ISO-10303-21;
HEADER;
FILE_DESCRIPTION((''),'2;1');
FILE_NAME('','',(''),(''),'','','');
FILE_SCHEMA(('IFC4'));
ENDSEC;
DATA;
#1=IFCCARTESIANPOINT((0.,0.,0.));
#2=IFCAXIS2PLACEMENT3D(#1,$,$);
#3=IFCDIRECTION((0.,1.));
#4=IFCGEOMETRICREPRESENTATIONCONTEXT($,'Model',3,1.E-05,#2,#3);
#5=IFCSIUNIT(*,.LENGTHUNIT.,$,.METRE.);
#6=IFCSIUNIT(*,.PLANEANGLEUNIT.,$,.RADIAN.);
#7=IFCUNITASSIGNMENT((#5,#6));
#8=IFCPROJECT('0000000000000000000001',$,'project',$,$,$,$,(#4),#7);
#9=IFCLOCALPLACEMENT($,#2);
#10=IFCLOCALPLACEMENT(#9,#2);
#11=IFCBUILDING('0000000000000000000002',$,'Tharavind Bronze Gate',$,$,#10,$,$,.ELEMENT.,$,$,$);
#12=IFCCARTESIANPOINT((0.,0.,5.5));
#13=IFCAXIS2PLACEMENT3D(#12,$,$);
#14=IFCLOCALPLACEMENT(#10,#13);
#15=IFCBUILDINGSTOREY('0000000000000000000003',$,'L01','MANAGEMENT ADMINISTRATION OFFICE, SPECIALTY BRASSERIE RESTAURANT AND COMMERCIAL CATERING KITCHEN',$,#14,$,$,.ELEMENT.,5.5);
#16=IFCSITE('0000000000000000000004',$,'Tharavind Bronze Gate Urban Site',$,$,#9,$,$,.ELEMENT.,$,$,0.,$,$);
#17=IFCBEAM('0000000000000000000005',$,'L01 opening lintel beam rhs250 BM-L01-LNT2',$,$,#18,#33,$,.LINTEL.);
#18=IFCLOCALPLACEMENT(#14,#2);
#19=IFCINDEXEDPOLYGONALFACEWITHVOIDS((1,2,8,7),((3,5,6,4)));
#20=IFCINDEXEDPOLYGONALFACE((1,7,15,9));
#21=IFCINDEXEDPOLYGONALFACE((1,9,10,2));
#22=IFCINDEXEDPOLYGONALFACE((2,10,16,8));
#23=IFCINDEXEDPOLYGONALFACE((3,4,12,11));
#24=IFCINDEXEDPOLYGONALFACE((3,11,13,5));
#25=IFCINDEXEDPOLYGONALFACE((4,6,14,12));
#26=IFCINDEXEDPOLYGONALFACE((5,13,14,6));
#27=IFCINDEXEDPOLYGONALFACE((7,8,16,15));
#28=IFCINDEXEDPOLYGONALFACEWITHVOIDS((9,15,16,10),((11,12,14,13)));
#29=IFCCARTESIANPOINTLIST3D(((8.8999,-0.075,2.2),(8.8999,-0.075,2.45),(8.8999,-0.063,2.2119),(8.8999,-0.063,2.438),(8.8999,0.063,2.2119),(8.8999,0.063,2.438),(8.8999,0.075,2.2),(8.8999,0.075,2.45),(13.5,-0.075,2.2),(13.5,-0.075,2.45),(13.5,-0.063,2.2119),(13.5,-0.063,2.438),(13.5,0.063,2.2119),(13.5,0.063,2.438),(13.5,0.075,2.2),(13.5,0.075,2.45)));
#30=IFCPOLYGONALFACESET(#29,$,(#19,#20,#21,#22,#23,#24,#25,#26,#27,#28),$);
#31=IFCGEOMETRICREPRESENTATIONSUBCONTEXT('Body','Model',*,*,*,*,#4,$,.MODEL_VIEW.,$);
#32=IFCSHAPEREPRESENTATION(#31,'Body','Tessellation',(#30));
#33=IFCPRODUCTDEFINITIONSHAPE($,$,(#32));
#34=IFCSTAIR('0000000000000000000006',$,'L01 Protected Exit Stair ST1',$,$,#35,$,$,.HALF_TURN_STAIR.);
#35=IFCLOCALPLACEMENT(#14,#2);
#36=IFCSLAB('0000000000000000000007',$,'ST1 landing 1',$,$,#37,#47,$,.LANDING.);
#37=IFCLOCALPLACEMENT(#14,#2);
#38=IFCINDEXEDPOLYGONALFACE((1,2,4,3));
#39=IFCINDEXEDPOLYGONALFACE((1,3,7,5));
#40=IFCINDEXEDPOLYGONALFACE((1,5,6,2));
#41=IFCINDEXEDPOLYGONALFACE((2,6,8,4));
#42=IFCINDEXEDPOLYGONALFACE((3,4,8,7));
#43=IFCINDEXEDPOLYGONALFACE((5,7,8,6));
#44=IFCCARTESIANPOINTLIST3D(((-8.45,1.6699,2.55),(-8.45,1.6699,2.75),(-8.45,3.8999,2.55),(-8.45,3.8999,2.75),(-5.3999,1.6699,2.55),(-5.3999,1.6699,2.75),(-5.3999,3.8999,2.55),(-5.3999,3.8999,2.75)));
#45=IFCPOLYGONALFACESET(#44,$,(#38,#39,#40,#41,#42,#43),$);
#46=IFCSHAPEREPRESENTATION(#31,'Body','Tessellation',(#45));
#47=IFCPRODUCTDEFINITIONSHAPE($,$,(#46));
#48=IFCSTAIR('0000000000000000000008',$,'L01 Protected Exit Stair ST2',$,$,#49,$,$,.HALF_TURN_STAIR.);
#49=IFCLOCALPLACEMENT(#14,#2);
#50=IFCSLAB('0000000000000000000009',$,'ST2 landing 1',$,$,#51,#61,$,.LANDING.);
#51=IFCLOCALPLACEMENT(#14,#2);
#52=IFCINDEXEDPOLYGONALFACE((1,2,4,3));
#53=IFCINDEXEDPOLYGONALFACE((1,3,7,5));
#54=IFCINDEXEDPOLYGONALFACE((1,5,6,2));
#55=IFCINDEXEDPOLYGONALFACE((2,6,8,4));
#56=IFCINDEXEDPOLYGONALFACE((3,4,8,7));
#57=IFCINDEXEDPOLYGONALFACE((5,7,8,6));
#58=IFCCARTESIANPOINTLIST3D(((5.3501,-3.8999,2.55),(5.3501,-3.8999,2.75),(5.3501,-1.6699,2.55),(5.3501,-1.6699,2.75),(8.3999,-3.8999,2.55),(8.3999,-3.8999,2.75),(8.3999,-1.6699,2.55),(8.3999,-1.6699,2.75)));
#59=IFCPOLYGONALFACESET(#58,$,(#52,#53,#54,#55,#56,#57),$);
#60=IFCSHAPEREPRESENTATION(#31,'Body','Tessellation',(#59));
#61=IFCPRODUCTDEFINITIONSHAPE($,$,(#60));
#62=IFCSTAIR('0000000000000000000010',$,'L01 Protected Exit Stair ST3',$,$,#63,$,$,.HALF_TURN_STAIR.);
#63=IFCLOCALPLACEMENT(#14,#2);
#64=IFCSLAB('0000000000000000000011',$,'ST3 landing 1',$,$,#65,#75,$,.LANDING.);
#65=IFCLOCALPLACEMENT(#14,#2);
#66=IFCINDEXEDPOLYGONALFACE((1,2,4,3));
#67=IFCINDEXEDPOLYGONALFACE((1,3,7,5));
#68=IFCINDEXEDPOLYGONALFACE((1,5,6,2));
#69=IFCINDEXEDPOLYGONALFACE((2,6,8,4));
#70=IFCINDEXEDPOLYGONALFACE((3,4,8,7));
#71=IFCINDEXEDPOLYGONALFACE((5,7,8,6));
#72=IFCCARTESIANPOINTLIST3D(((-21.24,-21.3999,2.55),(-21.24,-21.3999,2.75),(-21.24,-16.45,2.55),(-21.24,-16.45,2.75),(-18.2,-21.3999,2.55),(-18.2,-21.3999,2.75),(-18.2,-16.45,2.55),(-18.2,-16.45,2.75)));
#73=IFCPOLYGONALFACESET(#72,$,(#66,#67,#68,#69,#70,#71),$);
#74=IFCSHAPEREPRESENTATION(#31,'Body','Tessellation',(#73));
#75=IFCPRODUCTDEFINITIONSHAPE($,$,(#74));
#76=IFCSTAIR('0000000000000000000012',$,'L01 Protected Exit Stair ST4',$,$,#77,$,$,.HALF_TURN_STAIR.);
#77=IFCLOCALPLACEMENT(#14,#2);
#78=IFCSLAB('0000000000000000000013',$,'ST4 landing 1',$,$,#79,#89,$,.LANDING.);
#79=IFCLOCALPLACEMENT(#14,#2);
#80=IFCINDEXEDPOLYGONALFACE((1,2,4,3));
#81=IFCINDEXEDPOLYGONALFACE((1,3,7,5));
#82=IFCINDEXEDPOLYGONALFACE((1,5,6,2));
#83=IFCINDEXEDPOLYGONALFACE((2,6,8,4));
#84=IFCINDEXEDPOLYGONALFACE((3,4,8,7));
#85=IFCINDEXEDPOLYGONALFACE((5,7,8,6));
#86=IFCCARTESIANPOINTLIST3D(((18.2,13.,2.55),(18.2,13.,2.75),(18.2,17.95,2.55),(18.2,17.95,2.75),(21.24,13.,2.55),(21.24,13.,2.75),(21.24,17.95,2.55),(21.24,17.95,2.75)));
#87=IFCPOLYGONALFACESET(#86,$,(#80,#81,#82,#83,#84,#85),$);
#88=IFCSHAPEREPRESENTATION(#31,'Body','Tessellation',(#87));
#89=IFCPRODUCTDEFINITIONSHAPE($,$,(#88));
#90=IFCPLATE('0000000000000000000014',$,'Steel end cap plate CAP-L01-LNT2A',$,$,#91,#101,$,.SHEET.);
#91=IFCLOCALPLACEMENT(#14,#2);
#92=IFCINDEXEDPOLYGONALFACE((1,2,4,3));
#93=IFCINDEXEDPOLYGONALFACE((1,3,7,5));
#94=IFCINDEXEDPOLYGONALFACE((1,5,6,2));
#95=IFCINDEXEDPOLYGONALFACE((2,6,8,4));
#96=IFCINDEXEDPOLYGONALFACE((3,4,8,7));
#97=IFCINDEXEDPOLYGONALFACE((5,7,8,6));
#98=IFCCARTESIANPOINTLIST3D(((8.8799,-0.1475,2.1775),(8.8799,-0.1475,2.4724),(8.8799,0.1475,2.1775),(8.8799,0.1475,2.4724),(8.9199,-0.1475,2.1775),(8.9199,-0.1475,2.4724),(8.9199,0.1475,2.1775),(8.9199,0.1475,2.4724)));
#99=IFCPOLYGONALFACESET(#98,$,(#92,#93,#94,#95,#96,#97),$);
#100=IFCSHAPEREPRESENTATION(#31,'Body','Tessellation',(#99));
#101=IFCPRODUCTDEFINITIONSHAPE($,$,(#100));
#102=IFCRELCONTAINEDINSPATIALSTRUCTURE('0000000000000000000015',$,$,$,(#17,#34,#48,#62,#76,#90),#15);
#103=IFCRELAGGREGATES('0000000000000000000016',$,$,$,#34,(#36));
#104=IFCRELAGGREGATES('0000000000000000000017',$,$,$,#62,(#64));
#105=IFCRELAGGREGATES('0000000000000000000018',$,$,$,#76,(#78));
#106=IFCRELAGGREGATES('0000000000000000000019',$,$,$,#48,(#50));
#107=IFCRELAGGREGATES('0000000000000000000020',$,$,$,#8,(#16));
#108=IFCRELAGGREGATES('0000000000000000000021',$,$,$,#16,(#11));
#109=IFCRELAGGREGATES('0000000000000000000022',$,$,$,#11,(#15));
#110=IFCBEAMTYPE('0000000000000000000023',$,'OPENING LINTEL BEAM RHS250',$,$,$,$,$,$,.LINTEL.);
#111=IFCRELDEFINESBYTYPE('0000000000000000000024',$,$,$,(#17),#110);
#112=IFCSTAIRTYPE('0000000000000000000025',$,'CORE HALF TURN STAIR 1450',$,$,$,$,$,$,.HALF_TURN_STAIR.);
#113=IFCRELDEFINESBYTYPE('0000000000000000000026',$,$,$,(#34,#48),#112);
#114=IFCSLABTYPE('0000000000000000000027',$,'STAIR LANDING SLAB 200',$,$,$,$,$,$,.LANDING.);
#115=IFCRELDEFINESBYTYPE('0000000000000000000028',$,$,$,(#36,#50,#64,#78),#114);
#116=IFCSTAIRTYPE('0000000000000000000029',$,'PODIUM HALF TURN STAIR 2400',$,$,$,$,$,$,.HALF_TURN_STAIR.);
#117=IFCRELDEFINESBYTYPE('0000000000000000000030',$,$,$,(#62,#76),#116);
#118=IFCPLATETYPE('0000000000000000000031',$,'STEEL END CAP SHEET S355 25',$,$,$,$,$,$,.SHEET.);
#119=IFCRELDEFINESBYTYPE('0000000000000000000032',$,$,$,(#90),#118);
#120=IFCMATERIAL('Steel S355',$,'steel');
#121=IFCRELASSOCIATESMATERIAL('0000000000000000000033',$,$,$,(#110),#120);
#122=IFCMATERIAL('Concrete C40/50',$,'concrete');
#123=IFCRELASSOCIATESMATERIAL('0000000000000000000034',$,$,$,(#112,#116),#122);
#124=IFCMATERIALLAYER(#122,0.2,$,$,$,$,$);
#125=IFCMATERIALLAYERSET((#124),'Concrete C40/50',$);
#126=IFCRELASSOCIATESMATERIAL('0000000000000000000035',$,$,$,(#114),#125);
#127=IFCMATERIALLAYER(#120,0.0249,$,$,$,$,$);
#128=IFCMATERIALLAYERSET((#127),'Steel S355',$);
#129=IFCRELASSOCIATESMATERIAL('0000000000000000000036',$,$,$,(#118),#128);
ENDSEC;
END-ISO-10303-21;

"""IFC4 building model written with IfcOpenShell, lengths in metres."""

from ifc_helpers import new_model, si_unit, direction, frame, origin, origin_2d, place, context, subcontext, project, spatial, polyline, rectangle, hollow_rectangle, outline, extrude, material, layer, layer_set, material_profile, profile_set, type_object, element, aggregate, save


model = new_model("IFC4")

# Units and contexts
model_context = context("Model", 3, precision=1e-05, world=origin(), true_north=direction((0.0, 1.0)))
body_context = subcontext(model_context, "Body", "Model", "MODEL_VIEW")
ifc_project = project(units=[si_unit("LENGTHUNIT", "METRE"), si_unit("PLANEANGLEUNIT", "RADIAN")], contexts=[model_context])

# Site, building, storey
site_placement = place(None, origin())
site = spatial("IfcSite", under=ifc_project, at=site_placement, Name="Tharavind Bronze Gate Urban Site", CompositionType="ELEMENT", RefElevation=0.0)
building_placement = place(site_placement, origin())
building = spatial("IfcBuilding", under=site, at=building_placement, Name="Tharavind Bronze Gate", CompositionType="ELEMENT")
storey_placement = place(building_placement, frame((0.0, 0.0, 5.5)))
storey = spatial("IfcBuildingStorey", under=building, at=storey_placement, Name="L01", Description="MANAGEMENT ADMINISTRATION OFFICE, SPECIALTY BRASSERIE RESTAURANT AND COMMERCIAL CATERING KITCHEN", CompositionType="ELEMENT", Elevation=5.5)

# Beam
ifc_material_1 = material(Name="Steel S355", Category="steel")
ifc_material_profile = material_profile(ifc_material_1, hollow_rectangle(XDim=0.1499, YDim=0.25, WallThickness=0.012, at=origin_2d()), Name="RHS250X150X12")
ifc_profile_set = profile_set([ifc_material_profile], Name="Steel S355")
beam_type = type_object("IfcBeamType", Name="OPENING LINTEL BEAM RHS250", PredefinedType="LINTEL", material=ifc_profile_set)
beam_placement = place(storey_placement, frame((8.8999, 0.0, 2.325), z_axis=(1.0, 0.0, 0.0), x_axis=(0.0, 1.0, 0.0)))
element("IfcBeam", 1, at=beam_placement, inside=storey, type_object=beam_type, Name="L01 opening lintel beam rhs250 BM-L01-LNT2", PredefinedType="LINTEL", context=body_context, shape_type="SweptSolid", body=[
    extrude(hollow_rectangle(XDim=0.1499, YDim=0.25, WallThickness=0.012, at=origin_2d()), origin(), (0.0, 0.0, 1.0), 4.6001),
])

# Stairs, slabs
ifc_material_2 = material(Name="Concrete C40/50", Category="concrete")
stair_type_1 = type_object("IfcStairType", Name="CORE HALF TURN STAIR 1450", PredefinedType="HALF_TURN_STAIR", material=ifc_material_2)
stair_1_placement = place(storey_placement, origin())
stair_1 = element("IfcStair", 2, at=stair_1_placement, inside=storey, type_object=stair_type_1, Name="L01 Protected Exit Stair ST1", PredefinedType="HALF_TURN_STAIR")
ifc_layer_1 = layer(ifc_material_2, 0.2)
ifc_layer_set_1 = layer_set([ifc_layer_1], Name="Concrete C40/50")
slab_type_1 = type_object("IfcSlabType", Name="STAIR LANDING SLAB 200", PredefinedType="LANDING", material=ifc_layer_set_1)
slab_1_placement = place(storey_placement, frame((0.0, 0.0, 2.55)))
slab_1 = element("IfcSlab", 3, at=slab_1_placement, type_object=slab_type_1, Name="ST1 landing 1", PredefinedType="LANDING", context=body_context, shape_type="SweptSolid", body=[
    extrude(outline(polyline([(-5.3999, 1.6699), (-5.3999, 3.8999), (-8.45, 3.8999), (-8.45, 1.6699), (-5.3999, 1.6699)])), origin(), (0.0, 0.0, 1.0), 0.2),
])
aggregate(stair_1, [slab_1])
stair_2_placement = place(storey_placement, origin())
stair_2 = element("IfcStair", 4, at=stair_2_placement, inside=storey, type_object=stair_type_1, Name="L01 Protected Exit Stair ST2", PredefinedType="HALF_TURN_STAIR")
slab_2_placement = place(storey_placement, frame((0.0, 0.0, 2.55)))
slab_2 = element("IfcSlab", 5, at=slab_2_placement, type_object=slab_type_1, Name="ST2 landing 1", PredefinedType="LANDING", context=body_context, shape_type="SweptSolid", body=[
    extrude(outline(polyline([(5.3501, -1.6699), (5.3501, -3.8999), (8.3999, -3.8999), (8.3999, -1.6699), (5.3501, -1.6699)])), origin(), (0.0, 0.0, 1.0), 0.2),
])
stair_type_2 = type_object("IfcStairType", Name="PODIUM HALF TURN STAIR 2400", PredefinedType="HALF_TURN_STAIR", material=ifc_material_2)
stair_3_placement = place(storey_placement, origin())
stair_3 = element("IfcStair", 6, at=stair_3_placement, inside=storey, type_object=stair_type_2, Name="L01 Protected Exit Stair ST3", PredefinedType="HALF_TURN_STAIR")
slab_3_placement = place(storey_placement, frame((0.0, 0.0, 2.55)))
slab_3 = element("IfcSlab", 7, at=slab_3_placement, type_object=slab_type_1, Name="ST3 landing 1", PredefinedType="LANDING", context=body_context, shape_type="SweptSolid", body=[
    extrude(outline(polyline([(-21.24, -21.3999), (-18.2, -21.3999), (-18.2, -16.45), (-21.24, -16.45), (-21.24, -21.3999)])), origin(), (0.0, 0.0, 1.0), 0.2),
])
aggregate(stair_3, [slab_3])
stair_4_placement = place(storey_placement, origin())
stair_4 = element("IfcStair", 8, at=stair_4_placement, inside=storey, type_object=stair_type_2, Name="L01 Protected Exit Stair ST4", PredefinedType="HALF_TURN_STAIR")
slab_4_placement = place(storey_placement, frame((0.0, 0.0, 2.55)))
slab_4 = element("IfcSlab", 9, at=slab_4_placement, type_object=slab_type_1, Name="ST4 landing 1", PredefinedType="LANDING", context=body_context, shape_type="SweptSolid", body=[
    extrude(outline(polyline([(21.24, 17.95), (18.2, 17.95), (18.2, 13.0), (21.24, 13.0), (21.24, 17.95)])), origin(), (0.0, 0.0, 1.0), 0.2),
])
aggregate(stair_4, [slab_4])

# Plate
ifc_layer_2 = layer(ifc_material_1, 0.0249)
ifc_layer_set_2 = layer_set([ifc_layer_2], Name="Steel S355")
plate_type = type_object("IfcPlateType", Name="STEEL END CAP SHEET S355 25", PredefinedType="SHEET", material=ifc_layer_set_2)
plate_placement = place(storey_placement, frame((8.8999, 0.0, 2.1775), z_axis=(0.0, 0.0, 1.0), x_axis=(1.0, 0.0, 0.0)))
element("IfcPlate", 10, at=plate_placement, inside=storey, type_object=plate_type, Name="Steel end cap plate CAP-L01-LNT2A", PredefinedType="SHEET", context=body_context, shape_type="SweptSolid", body=[
    extrude(rectangle(XDim=0.04, YDim=0.2949, at=origin_2d()), origin(), (0.0, 0.0, 1.0), 0.2949),
])

aggregate(stair_2, [slab_2])

save(model, "model.ifc")
